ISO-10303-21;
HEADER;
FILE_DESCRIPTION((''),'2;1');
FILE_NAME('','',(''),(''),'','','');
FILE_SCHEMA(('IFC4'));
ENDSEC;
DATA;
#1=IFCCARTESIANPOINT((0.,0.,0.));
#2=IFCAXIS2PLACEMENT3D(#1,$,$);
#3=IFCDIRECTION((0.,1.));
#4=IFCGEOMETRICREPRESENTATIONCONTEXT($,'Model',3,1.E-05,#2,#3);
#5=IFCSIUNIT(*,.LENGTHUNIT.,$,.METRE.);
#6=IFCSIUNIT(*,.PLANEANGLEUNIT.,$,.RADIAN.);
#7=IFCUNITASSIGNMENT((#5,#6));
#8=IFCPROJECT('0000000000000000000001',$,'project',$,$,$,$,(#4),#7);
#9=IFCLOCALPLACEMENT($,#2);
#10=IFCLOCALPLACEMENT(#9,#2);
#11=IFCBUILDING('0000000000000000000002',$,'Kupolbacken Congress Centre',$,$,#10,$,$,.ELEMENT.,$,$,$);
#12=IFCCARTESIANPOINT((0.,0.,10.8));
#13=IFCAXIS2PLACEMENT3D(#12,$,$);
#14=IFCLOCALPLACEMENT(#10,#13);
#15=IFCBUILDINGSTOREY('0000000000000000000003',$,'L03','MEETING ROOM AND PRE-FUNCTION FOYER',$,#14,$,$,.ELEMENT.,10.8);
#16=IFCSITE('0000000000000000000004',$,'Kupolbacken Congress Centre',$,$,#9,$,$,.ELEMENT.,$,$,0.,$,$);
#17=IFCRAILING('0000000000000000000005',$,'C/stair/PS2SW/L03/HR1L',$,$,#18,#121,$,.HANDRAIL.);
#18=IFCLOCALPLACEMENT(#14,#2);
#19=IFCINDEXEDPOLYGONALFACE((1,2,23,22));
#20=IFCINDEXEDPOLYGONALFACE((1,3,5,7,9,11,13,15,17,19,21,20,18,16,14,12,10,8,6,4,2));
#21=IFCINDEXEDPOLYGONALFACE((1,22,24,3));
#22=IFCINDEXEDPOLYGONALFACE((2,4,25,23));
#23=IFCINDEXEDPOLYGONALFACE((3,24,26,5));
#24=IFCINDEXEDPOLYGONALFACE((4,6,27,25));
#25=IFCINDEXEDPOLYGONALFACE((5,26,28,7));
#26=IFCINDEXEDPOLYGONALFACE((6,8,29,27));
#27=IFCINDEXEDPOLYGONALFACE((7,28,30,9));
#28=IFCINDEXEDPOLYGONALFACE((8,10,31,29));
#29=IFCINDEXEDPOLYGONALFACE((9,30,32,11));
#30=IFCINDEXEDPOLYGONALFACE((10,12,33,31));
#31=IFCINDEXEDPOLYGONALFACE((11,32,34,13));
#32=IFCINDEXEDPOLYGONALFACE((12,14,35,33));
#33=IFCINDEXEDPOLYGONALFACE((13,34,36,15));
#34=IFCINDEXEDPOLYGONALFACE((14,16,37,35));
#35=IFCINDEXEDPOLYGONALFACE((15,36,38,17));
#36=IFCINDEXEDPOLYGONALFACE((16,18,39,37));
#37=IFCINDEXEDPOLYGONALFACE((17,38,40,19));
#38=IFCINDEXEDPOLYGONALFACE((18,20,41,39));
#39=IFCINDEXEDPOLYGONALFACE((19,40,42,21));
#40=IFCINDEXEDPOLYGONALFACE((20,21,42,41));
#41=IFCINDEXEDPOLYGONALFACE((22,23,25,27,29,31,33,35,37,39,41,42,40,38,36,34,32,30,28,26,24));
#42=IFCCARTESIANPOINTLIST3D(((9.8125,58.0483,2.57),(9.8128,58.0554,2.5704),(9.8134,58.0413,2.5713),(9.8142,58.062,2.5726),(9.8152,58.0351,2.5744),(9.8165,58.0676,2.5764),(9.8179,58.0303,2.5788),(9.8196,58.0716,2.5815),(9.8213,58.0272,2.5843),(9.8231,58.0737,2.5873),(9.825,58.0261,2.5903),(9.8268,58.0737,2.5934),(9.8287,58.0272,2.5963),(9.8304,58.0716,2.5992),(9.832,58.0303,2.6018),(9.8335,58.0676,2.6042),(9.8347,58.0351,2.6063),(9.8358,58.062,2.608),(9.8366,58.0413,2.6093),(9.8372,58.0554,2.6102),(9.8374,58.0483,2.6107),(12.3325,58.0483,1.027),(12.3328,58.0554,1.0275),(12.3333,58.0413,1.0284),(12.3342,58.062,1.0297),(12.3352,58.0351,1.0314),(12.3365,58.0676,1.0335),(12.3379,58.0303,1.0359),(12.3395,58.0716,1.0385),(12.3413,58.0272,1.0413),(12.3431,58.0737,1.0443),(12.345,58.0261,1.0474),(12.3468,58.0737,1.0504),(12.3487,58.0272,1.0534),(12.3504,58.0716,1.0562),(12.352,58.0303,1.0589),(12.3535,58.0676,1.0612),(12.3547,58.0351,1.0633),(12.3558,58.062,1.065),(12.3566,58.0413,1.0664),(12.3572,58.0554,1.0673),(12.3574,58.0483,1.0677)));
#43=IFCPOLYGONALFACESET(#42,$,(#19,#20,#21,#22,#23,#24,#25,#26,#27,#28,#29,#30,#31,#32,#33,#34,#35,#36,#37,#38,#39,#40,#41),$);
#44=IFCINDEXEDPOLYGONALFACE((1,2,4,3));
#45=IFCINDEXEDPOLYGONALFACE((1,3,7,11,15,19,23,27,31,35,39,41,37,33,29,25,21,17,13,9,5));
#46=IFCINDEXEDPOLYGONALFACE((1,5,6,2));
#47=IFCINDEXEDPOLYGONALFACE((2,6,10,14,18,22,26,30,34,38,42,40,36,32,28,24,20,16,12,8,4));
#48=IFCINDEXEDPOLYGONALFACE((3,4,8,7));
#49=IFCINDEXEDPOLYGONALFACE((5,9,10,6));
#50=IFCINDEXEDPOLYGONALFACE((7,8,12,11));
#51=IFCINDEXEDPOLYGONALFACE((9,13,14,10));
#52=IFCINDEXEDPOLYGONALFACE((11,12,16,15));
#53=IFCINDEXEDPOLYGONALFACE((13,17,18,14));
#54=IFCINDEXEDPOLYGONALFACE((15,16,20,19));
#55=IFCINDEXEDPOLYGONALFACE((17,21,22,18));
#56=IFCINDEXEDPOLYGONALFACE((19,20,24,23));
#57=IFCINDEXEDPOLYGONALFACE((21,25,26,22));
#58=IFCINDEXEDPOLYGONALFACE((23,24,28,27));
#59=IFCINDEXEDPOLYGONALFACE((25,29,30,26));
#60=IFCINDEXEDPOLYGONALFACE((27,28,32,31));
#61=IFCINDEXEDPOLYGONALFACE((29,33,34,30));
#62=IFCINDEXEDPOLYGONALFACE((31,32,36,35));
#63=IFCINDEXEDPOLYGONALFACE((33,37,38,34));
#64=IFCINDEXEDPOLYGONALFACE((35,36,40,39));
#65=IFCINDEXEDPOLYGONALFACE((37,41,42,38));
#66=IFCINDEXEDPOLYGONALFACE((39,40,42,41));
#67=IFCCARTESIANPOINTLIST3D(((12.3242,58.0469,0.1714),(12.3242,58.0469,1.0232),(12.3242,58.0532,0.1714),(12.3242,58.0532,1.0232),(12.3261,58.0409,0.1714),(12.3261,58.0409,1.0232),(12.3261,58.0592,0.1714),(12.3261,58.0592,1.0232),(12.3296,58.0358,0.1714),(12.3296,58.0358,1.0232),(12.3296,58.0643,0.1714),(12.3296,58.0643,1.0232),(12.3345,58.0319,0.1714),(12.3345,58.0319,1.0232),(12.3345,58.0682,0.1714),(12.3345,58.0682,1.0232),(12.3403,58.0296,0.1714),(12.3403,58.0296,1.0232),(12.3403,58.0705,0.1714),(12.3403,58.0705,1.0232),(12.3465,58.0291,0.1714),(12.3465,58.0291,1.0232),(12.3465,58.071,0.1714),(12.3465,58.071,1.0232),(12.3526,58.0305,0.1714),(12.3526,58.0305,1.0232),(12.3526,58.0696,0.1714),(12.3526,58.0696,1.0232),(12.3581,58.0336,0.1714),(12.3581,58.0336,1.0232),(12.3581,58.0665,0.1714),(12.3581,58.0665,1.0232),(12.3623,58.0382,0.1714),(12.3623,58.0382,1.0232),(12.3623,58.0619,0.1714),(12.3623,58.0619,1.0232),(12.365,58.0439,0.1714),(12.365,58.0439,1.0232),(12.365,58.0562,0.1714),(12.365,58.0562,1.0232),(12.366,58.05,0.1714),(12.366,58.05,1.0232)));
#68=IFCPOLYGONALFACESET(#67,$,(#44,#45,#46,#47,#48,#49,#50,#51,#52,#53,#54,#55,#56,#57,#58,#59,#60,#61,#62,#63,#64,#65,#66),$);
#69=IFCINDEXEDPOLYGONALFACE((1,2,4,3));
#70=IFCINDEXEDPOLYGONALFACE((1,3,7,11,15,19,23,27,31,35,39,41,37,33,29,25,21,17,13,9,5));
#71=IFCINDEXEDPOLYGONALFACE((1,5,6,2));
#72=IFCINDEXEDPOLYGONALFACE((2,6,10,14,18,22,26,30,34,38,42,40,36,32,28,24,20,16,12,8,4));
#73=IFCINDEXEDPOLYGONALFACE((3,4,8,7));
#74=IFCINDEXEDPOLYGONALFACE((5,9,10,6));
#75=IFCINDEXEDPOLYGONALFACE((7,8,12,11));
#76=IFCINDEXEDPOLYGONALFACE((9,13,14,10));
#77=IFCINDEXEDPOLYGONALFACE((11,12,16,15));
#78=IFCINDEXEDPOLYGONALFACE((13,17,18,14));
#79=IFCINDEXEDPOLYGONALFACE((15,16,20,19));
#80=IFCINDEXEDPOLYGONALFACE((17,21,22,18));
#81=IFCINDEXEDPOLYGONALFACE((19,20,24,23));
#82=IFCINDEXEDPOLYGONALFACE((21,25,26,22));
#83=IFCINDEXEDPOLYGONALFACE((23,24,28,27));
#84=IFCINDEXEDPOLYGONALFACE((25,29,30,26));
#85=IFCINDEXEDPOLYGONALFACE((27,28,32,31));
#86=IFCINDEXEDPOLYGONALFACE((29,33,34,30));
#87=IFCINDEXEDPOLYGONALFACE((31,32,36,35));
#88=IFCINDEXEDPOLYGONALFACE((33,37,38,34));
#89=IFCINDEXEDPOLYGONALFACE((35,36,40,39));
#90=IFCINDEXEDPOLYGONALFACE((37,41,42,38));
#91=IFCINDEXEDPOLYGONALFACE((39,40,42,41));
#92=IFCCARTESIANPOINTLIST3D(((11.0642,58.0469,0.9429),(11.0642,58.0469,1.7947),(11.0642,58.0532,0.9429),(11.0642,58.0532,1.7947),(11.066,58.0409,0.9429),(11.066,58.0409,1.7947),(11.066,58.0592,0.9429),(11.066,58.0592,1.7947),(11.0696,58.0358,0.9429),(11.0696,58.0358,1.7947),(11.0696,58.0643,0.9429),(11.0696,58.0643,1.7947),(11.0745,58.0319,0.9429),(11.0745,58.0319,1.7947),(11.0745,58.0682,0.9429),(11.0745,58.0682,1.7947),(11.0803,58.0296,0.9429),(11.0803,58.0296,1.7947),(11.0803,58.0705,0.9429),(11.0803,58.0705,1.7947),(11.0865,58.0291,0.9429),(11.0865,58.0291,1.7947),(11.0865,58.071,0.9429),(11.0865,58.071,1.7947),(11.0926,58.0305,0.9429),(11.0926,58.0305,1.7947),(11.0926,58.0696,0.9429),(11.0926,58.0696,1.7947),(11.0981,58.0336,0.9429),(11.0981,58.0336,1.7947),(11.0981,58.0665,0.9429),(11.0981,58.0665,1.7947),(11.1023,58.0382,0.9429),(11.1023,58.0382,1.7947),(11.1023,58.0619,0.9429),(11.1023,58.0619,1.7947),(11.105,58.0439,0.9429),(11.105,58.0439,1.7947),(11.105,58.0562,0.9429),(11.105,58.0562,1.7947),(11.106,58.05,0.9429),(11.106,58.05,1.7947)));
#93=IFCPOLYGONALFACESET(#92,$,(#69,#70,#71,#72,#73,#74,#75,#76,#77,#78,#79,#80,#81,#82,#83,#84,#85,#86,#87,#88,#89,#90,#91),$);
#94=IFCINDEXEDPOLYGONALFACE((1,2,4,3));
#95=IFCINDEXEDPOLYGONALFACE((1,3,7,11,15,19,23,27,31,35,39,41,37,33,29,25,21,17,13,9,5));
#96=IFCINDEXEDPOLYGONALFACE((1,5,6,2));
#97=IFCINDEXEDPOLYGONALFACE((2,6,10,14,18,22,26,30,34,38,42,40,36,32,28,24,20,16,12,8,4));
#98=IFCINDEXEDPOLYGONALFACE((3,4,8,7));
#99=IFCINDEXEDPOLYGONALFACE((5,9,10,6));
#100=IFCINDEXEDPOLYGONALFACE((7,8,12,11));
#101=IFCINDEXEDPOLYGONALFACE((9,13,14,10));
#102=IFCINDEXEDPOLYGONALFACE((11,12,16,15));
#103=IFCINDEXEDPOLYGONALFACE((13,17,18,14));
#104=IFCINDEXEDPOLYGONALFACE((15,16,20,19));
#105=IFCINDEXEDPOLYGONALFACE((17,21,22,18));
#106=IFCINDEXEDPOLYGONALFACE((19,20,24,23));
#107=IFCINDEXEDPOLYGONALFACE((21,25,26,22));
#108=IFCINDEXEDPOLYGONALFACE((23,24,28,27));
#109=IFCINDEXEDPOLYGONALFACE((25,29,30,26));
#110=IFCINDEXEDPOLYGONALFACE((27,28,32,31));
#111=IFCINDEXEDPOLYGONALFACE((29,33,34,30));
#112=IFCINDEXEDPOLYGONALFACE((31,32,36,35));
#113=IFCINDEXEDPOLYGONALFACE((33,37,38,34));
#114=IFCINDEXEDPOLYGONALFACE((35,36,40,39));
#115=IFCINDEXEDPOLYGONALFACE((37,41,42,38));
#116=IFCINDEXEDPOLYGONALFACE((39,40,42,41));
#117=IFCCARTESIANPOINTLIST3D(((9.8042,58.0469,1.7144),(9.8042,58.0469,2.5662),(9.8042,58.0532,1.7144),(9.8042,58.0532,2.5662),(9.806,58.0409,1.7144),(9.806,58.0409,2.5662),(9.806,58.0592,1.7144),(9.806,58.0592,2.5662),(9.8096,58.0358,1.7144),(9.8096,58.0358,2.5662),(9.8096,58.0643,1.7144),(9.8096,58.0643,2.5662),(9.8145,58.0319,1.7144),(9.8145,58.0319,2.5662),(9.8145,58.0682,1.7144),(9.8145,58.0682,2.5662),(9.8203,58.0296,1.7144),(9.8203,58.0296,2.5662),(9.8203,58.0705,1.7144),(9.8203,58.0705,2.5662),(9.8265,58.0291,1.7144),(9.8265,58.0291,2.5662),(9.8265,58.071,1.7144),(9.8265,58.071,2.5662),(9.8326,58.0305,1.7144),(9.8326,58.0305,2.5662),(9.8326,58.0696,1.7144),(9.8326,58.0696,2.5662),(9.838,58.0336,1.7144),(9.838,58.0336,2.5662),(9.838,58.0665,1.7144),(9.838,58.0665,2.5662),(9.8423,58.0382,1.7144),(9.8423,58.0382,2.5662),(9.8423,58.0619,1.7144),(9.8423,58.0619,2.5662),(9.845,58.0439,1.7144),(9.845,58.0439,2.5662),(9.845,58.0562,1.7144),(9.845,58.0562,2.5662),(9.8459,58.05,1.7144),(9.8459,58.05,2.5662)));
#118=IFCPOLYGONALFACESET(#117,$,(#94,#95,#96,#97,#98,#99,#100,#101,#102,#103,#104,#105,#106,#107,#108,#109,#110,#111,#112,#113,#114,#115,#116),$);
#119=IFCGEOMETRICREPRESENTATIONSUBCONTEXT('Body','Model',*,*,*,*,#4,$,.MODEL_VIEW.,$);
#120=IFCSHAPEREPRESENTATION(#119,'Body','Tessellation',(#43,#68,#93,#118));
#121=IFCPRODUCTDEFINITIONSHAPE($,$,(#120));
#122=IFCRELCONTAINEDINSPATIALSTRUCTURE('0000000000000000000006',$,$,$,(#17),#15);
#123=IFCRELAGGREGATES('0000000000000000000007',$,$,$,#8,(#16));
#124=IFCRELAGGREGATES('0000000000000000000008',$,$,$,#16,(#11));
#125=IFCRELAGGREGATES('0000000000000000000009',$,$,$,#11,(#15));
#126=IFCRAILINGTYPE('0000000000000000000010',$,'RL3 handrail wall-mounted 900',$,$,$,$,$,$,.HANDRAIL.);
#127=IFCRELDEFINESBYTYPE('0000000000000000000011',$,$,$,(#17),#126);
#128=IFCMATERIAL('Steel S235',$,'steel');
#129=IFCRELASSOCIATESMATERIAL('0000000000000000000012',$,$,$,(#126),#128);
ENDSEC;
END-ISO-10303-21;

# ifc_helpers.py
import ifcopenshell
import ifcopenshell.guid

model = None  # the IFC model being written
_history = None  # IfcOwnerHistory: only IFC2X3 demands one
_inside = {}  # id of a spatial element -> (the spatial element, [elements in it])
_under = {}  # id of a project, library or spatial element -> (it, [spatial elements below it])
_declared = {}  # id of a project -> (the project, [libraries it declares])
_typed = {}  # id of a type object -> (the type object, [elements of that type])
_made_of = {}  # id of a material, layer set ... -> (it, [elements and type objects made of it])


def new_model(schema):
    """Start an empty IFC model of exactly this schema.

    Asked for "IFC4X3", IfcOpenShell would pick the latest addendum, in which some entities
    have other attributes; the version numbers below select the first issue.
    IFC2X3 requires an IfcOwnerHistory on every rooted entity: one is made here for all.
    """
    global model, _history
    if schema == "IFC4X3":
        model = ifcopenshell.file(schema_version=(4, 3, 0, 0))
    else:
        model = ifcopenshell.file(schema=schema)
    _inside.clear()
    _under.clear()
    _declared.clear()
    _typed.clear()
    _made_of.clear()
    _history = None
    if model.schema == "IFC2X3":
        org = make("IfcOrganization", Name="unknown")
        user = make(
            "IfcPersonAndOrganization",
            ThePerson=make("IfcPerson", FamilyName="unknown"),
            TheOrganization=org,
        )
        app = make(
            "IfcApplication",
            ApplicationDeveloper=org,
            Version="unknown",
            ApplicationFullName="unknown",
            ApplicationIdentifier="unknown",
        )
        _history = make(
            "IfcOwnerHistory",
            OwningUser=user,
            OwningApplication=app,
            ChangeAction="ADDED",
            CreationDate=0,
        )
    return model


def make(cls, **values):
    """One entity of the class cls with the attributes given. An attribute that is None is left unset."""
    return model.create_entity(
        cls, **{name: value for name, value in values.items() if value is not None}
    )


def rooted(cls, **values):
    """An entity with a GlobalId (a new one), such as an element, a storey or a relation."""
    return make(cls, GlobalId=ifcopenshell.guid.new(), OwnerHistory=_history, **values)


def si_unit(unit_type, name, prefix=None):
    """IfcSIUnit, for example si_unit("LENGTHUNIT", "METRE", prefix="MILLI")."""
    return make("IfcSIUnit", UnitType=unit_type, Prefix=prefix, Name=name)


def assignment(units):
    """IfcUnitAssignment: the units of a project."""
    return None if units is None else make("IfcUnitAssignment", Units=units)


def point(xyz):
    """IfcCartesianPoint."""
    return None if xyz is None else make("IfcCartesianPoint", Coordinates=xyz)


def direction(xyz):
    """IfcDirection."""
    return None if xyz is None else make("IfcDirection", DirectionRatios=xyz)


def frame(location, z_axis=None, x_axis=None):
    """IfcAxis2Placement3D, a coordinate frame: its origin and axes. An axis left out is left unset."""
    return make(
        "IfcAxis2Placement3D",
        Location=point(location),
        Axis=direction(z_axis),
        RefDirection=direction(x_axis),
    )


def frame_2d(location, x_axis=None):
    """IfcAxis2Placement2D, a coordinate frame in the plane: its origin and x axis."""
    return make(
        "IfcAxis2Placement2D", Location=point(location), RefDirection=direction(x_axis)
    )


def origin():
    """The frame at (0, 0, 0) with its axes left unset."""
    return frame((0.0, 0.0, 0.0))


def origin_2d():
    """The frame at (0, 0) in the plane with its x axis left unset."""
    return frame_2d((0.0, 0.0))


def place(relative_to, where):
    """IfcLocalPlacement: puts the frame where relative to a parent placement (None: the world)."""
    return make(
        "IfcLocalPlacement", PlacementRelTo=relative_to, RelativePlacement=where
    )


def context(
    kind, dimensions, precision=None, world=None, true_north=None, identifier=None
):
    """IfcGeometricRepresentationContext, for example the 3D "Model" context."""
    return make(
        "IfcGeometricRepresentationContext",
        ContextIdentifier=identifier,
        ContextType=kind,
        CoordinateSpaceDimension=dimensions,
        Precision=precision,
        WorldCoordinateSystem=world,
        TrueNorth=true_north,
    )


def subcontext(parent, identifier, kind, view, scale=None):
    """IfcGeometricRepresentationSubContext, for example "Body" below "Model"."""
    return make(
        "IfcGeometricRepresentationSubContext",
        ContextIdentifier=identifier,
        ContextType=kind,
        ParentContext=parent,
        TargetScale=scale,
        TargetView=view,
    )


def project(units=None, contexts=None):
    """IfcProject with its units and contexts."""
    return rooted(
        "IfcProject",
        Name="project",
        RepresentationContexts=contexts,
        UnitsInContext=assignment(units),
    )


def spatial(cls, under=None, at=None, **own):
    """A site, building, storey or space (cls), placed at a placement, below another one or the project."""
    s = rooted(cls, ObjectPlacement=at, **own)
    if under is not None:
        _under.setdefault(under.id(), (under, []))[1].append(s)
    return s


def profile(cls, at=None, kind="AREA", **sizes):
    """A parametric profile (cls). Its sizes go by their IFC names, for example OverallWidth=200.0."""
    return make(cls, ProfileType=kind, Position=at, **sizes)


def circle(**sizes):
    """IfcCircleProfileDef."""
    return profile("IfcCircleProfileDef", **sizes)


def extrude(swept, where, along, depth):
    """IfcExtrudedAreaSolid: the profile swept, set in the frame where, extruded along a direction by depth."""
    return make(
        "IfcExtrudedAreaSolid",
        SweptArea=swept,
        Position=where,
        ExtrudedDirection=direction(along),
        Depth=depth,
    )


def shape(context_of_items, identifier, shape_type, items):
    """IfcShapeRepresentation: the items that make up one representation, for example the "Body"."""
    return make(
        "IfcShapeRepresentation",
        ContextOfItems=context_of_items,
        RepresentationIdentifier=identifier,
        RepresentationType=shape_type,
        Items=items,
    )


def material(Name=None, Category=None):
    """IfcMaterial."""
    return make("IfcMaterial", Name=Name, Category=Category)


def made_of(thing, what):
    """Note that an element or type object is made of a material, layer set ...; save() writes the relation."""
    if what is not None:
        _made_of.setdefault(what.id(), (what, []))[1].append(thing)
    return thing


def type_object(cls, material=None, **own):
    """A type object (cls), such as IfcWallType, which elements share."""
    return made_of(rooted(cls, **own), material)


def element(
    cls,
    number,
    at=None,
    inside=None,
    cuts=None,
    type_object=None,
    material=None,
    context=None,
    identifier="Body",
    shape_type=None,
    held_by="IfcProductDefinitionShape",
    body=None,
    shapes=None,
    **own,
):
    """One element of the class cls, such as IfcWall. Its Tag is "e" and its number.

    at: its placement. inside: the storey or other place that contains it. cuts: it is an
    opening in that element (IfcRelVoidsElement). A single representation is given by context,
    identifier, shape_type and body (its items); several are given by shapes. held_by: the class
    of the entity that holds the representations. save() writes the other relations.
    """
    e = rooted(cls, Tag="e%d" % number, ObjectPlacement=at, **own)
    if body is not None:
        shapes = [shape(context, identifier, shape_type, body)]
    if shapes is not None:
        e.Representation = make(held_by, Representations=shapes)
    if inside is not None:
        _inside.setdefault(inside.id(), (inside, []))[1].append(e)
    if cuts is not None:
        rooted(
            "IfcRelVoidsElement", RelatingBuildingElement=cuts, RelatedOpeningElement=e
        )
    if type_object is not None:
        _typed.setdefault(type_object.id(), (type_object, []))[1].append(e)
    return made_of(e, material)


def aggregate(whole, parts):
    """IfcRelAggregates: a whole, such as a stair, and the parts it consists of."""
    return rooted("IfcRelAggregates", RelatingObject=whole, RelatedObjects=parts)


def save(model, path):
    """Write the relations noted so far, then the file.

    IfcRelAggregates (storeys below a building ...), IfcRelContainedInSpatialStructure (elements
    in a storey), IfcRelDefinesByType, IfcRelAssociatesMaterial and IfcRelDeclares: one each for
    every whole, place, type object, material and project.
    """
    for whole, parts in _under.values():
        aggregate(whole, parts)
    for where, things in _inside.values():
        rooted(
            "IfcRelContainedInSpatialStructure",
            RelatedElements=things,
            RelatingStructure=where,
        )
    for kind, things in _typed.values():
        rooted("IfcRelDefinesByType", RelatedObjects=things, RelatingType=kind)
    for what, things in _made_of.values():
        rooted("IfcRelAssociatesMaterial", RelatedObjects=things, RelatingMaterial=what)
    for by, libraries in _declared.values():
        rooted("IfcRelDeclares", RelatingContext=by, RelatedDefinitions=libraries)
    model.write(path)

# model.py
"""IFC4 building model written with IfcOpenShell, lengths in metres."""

from ifc_helpers import new_model, si_unit, direction, frame, origin, origin_2d, place, context, subcontext, project, spatial, circle, extrude, material, type_object, element, save


model = new_model("IFC4")

# Units and contexts
model_context = context("Model", 3, precision=1e-05, world=origin(), true_north=direction((0.0, 1.0)))
body_context = subcontext(model_context, "Body", "Model", "MODEL_VIEW")
ifc_project = project(units=[si_unit("LENGTHUNIT", "METRE"), si_unit("PLANEANGLEUNIT", "RADIAN")], contexts=[model_context])

# Site, building, storey
site_placement = place(None, origin())
site = spatial("IfcSite", under=ifc_project, at=site_placement, Name="Kupolbacken Congress Centre", CompositionType="ELEMENT", RefElevation=0.0)
building_placement = place(site_placement, origin())
building = spatial("IfcBuilding", under=site, at=building_placement, Name="Kupolbacken Congress Centre", CompositionType="ELEMENT")
storey_placement = place(building_placement, frame((0.0, 0.0, 10.8)))
storey = spatial("IfcBuildingStorey", under=building, at=storey_placement, Name="L03", Description="MEETING ROOM AND PRE-FUNCTION FOYER", CompositionType="ELEMENT", Elevation=10.8)

# Railing
ifc_material_1 = material(Name="Steel S235", Category="steel")
railing_type = type_object("IfcRailingType", Name="RL3 handrail wall-mounted 900", PredefinedType="HANDRAIL", material=ifc_material_1)
railing_placement = place(storey_placement, frame((12.345, 58.05, 0.1714)))
element("IfcRailing", 1, at=railing_placement, inside=storey, type_object=railing_type, Name="C/stair/PS2SW/L03/HR1L", PredefinedType="HANDRAIL", context=body_context, shape_type="SweptSolid", body=[
    extrude(circle(Radius=0.0239, at=origin_2d()), frame((0.0, 0.0, 0.876), z_axis=(-0.852836, 0.0, 0.522178), x_axis=(0.0, -1.0, 0.0)), (0.0, 0.0, 1.0), 2.9548),
    extrude(circle(Radius=0.021, at=origin_2d()), origin(), (0.0, 0.0, 1.0), 0.8518),
    extrude(circle(Radius=0.021, at=origin_2d()), frame((-1.26, 0.0, 0.7715)), (0.0, 0.0, 1.0), 0.8518),
    extrude(circle(Radius=0.021, at=origin_2d()), frame((-2.52, 0.0, 1.543)), (0.0, 0.0, 1.0), 0.8518),
])

save(model, "model.ifc")
